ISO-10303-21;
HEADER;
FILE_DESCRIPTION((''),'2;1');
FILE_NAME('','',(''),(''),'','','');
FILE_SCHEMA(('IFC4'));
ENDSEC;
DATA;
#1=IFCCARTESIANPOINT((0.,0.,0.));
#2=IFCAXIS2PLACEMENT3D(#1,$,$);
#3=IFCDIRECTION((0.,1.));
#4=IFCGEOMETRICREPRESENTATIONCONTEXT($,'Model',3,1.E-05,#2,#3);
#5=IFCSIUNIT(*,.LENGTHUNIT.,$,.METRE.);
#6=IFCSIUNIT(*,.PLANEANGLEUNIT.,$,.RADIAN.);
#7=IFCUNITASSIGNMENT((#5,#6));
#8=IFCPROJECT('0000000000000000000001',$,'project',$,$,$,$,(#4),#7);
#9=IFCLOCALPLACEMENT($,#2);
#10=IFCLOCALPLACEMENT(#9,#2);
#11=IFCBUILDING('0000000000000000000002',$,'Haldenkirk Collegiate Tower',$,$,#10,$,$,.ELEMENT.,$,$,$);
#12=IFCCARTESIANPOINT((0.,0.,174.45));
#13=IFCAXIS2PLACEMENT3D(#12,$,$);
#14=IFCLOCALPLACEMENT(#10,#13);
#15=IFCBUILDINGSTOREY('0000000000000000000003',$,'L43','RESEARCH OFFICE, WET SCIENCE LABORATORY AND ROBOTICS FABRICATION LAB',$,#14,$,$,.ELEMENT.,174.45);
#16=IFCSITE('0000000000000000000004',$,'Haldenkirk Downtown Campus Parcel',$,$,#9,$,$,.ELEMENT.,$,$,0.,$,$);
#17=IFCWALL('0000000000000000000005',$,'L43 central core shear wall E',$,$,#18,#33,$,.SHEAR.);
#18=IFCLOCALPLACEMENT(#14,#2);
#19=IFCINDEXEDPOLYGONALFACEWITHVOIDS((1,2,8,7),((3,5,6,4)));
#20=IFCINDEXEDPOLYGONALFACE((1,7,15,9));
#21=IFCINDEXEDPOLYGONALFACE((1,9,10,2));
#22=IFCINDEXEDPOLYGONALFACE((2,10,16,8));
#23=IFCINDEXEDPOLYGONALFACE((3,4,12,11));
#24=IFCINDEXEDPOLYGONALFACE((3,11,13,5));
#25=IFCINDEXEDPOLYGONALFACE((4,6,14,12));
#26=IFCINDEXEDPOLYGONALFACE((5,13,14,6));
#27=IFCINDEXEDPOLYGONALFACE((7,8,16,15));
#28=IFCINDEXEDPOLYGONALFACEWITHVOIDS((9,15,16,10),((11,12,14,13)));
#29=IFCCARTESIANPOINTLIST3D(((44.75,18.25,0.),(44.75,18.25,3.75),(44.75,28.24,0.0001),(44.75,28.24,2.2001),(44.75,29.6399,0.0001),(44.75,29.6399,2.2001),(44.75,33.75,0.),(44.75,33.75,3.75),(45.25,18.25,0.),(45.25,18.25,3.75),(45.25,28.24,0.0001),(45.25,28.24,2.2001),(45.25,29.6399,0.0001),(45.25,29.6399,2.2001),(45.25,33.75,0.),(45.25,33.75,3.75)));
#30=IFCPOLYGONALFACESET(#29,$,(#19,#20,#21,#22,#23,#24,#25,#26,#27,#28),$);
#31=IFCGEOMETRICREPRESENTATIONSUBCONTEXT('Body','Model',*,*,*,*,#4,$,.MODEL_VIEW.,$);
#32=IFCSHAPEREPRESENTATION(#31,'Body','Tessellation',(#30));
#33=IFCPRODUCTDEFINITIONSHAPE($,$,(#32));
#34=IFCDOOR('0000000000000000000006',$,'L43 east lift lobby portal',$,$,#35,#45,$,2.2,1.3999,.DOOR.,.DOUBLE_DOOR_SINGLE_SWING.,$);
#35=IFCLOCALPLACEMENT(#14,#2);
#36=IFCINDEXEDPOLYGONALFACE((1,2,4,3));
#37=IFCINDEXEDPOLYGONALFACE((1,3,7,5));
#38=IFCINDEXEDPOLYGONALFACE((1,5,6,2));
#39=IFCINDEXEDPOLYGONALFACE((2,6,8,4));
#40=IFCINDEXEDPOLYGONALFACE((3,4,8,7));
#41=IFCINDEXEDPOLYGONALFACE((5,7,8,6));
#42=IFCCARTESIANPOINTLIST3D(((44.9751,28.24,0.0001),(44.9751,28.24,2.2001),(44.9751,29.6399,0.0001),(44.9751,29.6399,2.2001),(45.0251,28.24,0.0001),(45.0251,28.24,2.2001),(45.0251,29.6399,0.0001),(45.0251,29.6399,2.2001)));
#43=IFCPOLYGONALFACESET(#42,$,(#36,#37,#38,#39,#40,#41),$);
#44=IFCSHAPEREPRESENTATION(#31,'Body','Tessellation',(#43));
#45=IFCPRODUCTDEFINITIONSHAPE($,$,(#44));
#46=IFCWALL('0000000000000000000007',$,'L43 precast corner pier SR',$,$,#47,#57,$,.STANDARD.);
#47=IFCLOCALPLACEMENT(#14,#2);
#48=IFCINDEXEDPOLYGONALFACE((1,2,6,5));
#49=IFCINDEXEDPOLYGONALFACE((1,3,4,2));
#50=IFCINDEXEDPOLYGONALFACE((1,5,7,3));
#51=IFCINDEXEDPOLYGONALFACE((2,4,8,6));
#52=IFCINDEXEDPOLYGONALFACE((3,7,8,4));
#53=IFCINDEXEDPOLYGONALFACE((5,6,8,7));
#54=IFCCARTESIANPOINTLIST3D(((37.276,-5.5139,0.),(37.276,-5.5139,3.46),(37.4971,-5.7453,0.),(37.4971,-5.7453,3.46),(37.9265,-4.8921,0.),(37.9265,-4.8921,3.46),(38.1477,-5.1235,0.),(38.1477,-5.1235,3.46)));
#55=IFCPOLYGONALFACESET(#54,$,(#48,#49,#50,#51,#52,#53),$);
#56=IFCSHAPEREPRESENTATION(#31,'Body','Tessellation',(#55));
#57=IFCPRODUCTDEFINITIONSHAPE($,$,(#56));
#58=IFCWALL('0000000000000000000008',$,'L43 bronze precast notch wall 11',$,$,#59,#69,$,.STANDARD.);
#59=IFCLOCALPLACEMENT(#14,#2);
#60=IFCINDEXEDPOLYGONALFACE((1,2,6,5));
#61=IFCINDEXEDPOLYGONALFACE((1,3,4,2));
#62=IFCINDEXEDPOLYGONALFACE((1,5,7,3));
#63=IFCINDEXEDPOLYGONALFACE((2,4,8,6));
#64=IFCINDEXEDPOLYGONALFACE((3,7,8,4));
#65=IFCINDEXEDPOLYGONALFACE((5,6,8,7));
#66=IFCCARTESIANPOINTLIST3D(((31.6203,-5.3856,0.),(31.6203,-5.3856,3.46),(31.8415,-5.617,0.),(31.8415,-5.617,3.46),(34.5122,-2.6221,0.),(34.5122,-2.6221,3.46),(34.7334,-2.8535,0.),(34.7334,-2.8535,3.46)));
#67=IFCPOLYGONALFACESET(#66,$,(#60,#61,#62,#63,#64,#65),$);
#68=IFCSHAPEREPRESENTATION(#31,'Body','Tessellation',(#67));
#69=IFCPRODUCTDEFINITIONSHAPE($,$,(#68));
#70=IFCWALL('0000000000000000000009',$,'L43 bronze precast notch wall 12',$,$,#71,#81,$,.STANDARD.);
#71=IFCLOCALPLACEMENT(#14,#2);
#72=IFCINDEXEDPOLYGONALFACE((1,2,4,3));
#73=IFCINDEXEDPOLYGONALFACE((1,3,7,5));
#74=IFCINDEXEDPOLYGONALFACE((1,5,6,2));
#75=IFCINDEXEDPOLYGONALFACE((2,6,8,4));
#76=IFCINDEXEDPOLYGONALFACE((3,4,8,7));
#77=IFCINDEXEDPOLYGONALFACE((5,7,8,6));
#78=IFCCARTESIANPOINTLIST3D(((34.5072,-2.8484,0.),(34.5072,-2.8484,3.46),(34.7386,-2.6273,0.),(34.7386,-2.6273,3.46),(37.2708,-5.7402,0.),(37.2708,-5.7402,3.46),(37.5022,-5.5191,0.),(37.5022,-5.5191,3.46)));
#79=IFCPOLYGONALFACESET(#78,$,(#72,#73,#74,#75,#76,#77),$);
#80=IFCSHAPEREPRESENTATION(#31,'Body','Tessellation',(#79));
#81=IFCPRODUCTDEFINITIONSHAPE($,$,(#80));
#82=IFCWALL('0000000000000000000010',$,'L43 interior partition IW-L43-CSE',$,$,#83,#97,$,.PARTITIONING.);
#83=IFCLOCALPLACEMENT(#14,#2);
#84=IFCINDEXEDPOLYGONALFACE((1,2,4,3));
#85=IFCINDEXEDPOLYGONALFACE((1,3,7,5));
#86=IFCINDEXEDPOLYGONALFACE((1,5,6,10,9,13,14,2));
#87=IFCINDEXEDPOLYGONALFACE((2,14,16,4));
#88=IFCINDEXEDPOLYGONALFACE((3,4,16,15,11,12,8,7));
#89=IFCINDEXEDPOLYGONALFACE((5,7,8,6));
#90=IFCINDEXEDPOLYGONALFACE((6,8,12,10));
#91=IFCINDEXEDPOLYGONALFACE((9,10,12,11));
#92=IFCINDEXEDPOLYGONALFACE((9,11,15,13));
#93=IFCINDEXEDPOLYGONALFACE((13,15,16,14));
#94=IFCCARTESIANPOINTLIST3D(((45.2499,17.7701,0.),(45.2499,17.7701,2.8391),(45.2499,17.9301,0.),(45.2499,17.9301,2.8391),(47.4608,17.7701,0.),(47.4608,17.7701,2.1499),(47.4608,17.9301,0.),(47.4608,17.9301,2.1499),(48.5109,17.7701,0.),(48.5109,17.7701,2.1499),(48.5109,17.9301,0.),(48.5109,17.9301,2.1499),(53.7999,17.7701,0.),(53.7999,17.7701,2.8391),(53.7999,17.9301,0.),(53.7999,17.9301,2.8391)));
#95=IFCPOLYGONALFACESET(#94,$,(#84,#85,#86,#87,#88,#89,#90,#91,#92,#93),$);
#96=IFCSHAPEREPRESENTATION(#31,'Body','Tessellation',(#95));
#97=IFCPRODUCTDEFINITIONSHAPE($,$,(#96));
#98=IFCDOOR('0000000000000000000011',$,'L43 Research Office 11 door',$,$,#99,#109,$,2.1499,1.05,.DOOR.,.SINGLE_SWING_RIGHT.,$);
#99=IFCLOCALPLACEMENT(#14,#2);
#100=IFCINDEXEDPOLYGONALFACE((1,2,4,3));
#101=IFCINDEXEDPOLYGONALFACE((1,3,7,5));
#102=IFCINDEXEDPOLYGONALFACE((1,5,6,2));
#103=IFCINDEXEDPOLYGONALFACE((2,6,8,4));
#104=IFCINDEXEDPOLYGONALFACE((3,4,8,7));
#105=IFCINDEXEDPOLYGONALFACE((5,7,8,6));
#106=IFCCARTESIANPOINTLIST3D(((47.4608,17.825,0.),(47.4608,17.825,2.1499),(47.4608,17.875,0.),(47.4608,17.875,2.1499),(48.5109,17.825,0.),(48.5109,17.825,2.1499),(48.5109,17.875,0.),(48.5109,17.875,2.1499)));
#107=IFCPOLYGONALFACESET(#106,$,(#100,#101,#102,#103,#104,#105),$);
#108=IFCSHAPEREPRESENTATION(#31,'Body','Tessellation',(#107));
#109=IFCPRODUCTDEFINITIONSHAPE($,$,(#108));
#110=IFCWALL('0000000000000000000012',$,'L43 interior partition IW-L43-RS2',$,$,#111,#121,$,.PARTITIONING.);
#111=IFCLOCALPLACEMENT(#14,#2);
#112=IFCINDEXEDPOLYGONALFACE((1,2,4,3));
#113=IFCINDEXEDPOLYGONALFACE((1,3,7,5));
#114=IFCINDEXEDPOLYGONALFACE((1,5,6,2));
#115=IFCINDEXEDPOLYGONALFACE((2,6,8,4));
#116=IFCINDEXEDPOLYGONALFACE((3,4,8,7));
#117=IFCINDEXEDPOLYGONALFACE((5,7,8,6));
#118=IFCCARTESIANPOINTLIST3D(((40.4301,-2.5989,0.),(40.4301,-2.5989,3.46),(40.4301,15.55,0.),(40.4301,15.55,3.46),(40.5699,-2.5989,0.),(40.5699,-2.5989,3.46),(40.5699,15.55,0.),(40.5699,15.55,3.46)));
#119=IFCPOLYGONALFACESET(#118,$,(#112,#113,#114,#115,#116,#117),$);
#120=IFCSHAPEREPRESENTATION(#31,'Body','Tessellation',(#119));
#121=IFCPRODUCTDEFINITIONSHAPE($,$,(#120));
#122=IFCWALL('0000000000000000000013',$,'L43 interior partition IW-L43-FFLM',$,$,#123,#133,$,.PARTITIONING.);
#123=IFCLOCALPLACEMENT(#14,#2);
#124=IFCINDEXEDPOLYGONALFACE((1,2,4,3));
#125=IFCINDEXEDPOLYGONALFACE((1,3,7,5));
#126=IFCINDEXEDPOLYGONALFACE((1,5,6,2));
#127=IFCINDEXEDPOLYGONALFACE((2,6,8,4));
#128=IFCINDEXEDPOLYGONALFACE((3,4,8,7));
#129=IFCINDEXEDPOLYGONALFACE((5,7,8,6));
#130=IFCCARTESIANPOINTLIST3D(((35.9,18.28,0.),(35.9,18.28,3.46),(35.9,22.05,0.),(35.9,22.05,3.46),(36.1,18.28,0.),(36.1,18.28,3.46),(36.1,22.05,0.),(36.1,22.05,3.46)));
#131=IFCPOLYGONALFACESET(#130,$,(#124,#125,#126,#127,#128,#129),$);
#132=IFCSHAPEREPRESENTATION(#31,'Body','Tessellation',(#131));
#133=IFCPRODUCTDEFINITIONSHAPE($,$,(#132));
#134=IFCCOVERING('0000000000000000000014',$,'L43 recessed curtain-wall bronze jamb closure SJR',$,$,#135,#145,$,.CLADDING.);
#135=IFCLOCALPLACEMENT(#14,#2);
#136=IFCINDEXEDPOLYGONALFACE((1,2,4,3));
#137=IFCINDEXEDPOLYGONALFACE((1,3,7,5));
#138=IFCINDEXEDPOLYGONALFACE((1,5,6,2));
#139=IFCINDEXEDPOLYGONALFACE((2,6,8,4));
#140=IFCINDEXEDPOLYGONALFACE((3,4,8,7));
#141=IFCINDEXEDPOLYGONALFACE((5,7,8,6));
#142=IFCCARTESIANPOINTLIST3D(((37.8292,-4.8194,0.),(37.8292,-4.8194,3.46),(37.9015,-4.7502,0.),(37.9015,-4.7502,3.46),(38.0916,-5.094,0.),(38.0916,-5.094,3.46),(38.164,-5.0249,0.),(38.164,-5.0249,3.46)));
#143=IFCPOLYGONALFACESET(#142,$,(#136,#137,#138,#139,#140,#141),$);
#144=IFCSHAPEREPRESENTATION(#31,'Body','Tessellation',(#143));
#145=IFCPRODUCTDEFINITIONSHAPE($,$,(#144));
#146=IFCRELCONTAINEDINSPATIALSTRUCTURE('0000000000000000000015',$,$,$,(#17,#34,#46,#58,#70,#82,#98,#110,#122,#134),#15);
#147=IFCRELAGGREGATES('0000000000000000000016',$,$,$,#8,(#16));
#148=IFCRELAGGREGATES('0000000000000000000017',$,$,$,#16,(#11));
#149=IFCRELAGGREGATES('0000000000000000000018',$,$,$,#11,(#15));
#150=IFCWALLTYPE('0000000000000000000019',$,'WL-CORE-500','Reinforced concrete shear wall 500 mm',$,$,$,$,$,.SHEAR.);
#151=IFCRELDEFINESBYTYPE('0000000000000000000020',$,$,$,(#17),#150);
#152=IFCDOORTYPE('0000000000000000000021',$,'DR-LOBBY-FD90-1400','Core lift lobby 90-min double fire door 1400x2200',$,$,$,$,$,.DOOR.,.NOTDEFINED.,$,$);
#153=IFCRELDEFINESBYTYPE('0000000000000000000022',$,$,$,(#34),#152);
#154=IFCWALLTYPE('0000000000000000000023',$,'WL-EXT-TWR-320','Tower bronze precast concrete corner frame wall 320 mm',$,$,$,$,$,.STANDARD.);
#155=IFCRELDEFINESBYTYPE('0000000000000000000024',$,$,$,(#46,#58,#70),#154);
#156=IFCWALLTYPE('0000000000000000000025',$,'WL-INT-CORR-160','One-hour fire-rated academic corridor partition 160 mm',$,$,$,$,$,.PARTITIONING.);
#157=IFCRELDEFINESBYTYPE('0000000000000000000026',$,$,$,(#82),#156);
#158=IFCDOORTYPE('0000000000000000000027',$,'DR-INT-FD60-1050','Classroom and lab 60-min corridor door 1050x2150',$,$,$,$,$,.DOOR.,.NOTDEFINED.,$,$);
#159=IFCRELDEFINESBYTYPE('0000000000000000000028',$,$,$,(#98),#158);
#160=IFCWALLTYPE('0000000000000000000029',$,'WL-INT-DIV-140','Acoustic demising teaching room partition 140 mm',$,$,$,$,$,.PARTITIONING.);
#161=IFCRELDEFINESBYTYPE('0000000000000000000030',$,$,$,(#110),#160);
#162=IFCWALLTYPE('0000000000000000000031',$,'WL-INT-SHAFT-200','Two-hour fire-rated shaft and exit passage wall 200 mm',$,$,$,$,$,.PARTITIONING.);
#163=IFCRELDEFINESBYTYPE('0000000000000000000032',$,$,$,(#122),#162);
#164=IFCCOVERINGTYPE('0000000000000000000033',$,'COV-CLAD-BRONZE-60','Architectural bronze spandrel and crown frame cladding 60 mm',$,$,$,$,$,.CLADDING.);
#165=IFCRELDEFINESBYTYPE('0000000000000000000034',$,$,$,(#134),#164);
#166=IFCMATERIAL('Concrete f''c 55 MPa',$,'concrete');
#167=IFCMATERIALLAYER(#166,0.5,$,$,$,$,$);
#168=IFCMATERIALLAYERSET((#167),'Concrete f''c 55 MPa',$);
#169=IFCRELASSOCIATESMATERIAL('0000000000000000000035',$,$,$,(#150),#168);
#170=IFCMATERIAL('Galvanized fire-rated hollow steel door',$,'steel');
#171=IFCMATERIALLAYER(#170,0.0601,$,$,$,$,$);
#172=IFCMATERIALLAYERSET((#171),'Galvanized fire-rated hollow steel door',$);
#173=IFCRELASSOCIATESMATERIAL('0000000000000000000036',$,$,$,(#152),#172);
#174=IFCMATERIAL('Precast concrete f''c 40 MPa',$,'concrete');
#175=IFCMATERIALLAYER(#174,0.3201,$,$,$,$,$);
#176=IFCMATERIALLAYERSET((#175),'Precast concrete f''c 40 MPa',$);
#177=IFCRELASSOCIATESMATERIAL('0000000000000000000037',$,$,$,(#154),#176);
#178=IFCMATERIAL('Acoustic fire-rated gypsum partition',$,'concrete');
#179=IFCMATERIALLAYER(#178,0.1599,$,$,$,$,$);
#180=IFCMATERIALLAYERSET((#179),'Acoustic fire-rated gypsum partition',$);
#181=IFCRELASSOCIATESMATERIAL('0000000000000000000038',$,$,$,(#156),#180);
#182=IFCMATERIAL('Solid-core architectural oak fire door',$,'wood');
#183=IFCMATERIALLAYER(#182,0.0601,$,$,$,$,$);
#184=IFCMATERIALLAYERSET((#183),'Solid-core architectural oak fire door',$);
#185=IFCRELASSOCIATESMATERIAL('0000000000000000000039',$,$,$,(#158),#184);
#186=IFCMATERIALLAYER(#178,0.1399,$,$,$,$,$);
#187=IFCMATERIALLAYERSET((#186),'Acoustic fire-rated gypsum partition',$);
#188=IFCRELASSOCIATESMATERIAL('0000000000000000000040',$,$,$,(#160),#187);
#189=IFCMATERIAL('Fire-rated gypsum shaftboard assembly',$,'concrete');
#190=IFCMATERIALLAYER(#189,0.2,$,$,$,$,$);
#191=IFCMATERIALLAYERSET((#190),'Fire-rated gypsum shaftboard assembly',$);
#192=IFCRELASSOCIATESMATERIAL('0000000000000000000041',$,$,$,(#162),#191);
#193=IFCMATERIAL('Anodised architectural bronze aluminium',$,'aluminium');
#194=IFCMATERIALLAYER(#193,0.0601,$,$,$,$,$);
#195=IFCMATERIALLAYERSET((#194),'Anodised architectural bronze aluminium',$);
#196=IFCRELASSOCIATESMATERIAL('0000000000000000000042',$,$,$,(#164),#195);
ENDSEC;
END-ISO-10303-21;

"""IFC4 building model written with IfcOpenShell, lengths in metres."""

from ifc_helpers import new_model, si_unit, direction, frame, frame_2d, origin, origin_2d, place, context, subcontext, project, spatial, rectangle, extrude, source, transform, mapped, material, layer, layer_set, type_object, element, fill, save


model = new_model("IFC4")

# Units and contexts
model_context = context("Model", 3, precision=1e-05, world=origin(), true_north=direction((0.0, 1.0)))
body_context = subcontext(model_context, "Body", "Model", "MODEL_VIEW")
ifc_project = project(units=[si_unit("LENGTHUNIT", "METRE"), si_unit("PLANEANGLEUNIT", "RADIAN")], contexts=[model_context])

# Site, building, storey
site_placement = place(None, origin())
site = spatial("IfcSite", under=ifc_project, at=site_placement, Name="Haldenkirk Downtown Campus Parcel", CompositionType="ELEMENT", RefElevation=0.0)
building_placement = place(site_placement, origin())
building = spatial("IfcBuilding", under=site, at=building_placement, Name="Haldenkirk Collegiate Tower", CompositionType="ELEMENT")
storey_placement = place(building_placement, frame((0.0, 0.0, 174.45)))
storey = spatial("IfcBuildingStorey", under=building, at=storey_placement, Name="L43", Description="RESEARCH OFFICE, WET SCIENCE LABORATORY AND ROBOTICS FABRICATION LAB", CompositionType="ELEMENT", Elevation=174.45)

# Shared definitions
ifc_material_1 = material(Name="Anodised architectural bronze aluminium", Category="aluminium")

# Wall, opening, door
ifc_material_2 = material(Name="Concrete f'c 55 MPa", Category="concrete")
ifc_layer_1 = layer(ifc_material_2, 0.5)
ifc_layer_set_1 = layer_set([ifc_layer_1], Name="Concrete f'c 55 MPa")
wall_type_1 = type_object("IfcWallType", Name="WL-CORE-500", Description="Reinforced concrete shear wall 500 mm", PredefinedType="SHEAR", material=ifc_layer_set_1)
wall_1_placement = place(storey_placement, frame((45.0, 18.25, 0.0), z_axis=(0.0, 0.0, 1.0), x_axis=(0.0, 1.0, 0.0)))
wall_1 = element("IfcWall", 1, at=wall_1_placement, inside=storey, type_object=wall_type_1, Name="L43 central core shear wall E", PredefinedType="SHEAR", context=body_context, shape_type="SweptSolid", body=[
    extrude(rectangle(XDim=15.5, YDim=0.5, at=frame_2d((7.75, 0.0))), origin(), (0.0, 0.0, 1.0), 3.75),
])
opening_1_placement = place(wall_1_placement, frame((9.99, 0.0, 0.0)))
opening_1 = element("IfcOpeningElement", 2, at=opening_1_placement, cuts=wall_1, PredefinedType="OPENING", context=body_context, shape_type="SweptSolid", body=[
    extrude(rectangle(XDim=1.3999, YDim=2.2, at=frame_2d((0.7, 1.1001))), frame((0.0, 0.26, 0.0), z_axis=(0.0, -1.0, 0.0), x_axis=(1.0, 0.0, 0.0)), (0.0, 0.0, 1.0), 0.52),
])
ifc_material_3 = material(Name="Galvanized fire-rated hollow steel door", Category="steel")
ifc_layer_2 = layer(ifc_material_3, 0.0601)
ifc_layer_set_2 = layer_set([ifc_layer_2], Name="Galvanized fire-rated hollow steel door")
door_type_1 = type_object("IfcDoorType", Name="DR-LOBBY-FD90-1400", Description="Core lift lobby 90-min double fire door 1400x2200", OperationType="NOTDEFINED", PredefinedType="DOOR", material=ifc_layer_set_2)
door_1_placement = place(opening_1_placement, origin())
door_1 = element("IfcDoor", 3, at=door_1_placement, inside=storey, type_object=door_type_1, Name="L43 east lift lobby portal", OperationType="DOUBLE_DOOR_SINGLE_SWING", OverallHeight=2.2, OverallWidth=1.3999, PredefinedType="DOOR", context=body_context, shape_type="SweptSolid", body=[
    extrude(rectangle(XDim=1.3999, YDim=2.2, at=frame_2d((0.7, 1.1001))), frame((0.0, 0.0249, 0.0), z_axis=(0.0, -1.0, 0.0), x_axis=(1.0, 0.0, 0.0)), (0.0, 0.0, 1.0), 0.05),
])
fill(opening_1, door_1)

# Walls
ifc_material_4 = material(Name="Precast concrete f'c 40 MPa", Category="concrete")
ifc_layer_3 = layer(ifc_material_4, 0.3201)
ifc_layer_set_3 = layer_set([ifc_layer_3], Name="Precast concrete f'c 40 MPa")
wall_type_2 = type_object("IfcWallType", Name="WL-EXT-TWR-320", Description="Tower bronze precast concrete corner frame wall 320 mm", PredefinedType="STANDARD", material=ifc_layer_set_3)
wall_2_placement = place(storey_placement, frame((38.0371, -5.0078, 0.0), z_axis=(0.0, 0.0, 1.0), x_axis=(-0.72293, -0.690921, 0.0)))
element("IfcWall", 4, at=wall_2_placement, inside=storey, type_object=wall_type_2, Name="L43 precast corner pier SR", PredefinedType="STANDARD", context=body_context, shape_type="SweptSolid", body=[
    extrude(rectangle(XDim=0.8999, YDim=0.3201, at=frame_2d((0.45, 0.0))), origin(), (0.0, 0.0, 1.0), 3.46),
])
for number, where, z_axis, x_axis, name in (
    (5, (34.6228, -2.7378, 0.0), (0.0, 0.0, 1.0), (-0.722977, -0.690872, 0.0), "L43 bronze precast notch wall 11"),
    (6, (37.3865, -5.6296, 0.0), (0.0, 0.0, 1.0), (-0.690904, 0.722947, 0.0), "L43 bronze precast notch wall 12"),
):
    element("IfcWall", number, at=place(storey_placement, frame(where, z_axis=z_axis, x_axis=x_axis)), inside=storey, type_object=wall_type_2, Name=name, PredefinedType="STANDARD", context=body_context, shape_type="SweptSolid", body=[
        extrude(rectangle(XDim=4.0, YDim=0.3201, at=frame_2d((2.0, 0.0))), origin(), (0.0, 0.0, 1.0), 3.46),
    ])

# Wall, opening, door
ifc_material_5 = material(Name="Acoustic fire-rated gypsum partition", Category="concrete")
ifc_layer_4 = layer(ifc_material_5, 0.1599)
ifc_layer_set_4 = layer_set([ifc_layer_4], Name="Acoustic fire-rated gypsum partition")
wall_type_3 = type_object("IfcWallType", Name="WL-INT-CORR-160", Description="One-hour fire-rated academic corridor partition 160 mm", PredefinedType="PARTITIONING", material=ifc_layer_set_4)
wall_3_placement = place(storey_placement, frame((45.25, 17.8501, 0.0), z_axis=(0.0, 0.0, 1.0), x_axis=(1.0, 0.0, 0.0)))
wall_3 = element("IfcWall", 7, at=wall_3_placement, inside=storey, type_object=wall_type_3, Name="L43 interior partition IW-L43-CSE", PredefinedType="PARTITIONING", context=body_context, shape_type="SweptSolid", body=[
    extrude(rectangle(XDim=8.55, YDim=0.1599, at=frame_2d((4.2749, 0.0))), origin(), (0.0, 0.0, 1.0), 2.8391),
])
opening_2_placement = place(wall_3_placement, frame((2.2109, 0.0, 0.0)))
opening_2 = element("IfcOpeningElement", 8, at=opening_2_placement, cuts=wall_3, PredefinedType="OPENING", context=body_context, shape_type="SweptSolid", body=[
    extrude(rectangle(XDim=1.05, YDim=2.1499, at=frame_2d((0.5249, 1.075))), frame((0.0, 0.0898, 0.0), z_axis=(0.0, -1.0, 0.0), x_axis=(1.0, 0.0, 0.0)), (0.0, 0.0, 1.0), 0.1799),
])
ifc_material_6 = material(Name="Solid-core architectural oak fire door", Category="wood")
ifc_layer_5 = layer(ifc_material_6, 0.0601)
ifc_layer_set_5 = layer_set([ifc_layer_5], Name="Solid-core architectural oak fire door")
door_type_2 = type_object("IfcDoorType", Name="DR-INT-FD60-1050", Description="Classroom and lab 60-min corridor door 1050x2150", OperationType="NOTDEFINED", PredefinedType="DOOR", material=ifc_layer_set_5)
door_2_placement = place(opening_2_placement, origin())
door_2 = element("IfcDoor", 9, at=door_2_placement, inside=storey, type_object=door_type_2, Name="L43 Research Office 11 door", OperationType="SINGLE_SWING_RIGHT", OverallHeight=2.1499, OverallWidth=1.05, PredefinedType="DOOR", context=body_context, shape_type="SweptSolid", body=[
    extrude(rectangle(XDim=1.05, YDim=2.1499, at=frame_2d((0.5249, 1.075))), frame((0.0, 0.0249, 0.0), z_axis=(0.0, -1.0, 0.0), x_axis=(1.0, 0.0, 0.0)), (0.0, 0.0, 1.0), 0.05),
])
fill(opening_2, door_2)

# Walls
ifc_layer_6 = layer(ifc_material_5, 0.1399)
ifc_layer_set_6 = layer_set([ifc_layer_6], Name="Acoustic fire-rated gypsum partition")
wall_type_4 = type_object("IfcWallType", Name="WL-INT-DIV-140", Description="Acoustic demising teaching room partition 140 mm", PredefinedType="PARTITIONING", material=ifc_layer_set_6)
wall_4_placement = place(storey_placement, frame((40.5, -2.5989, 0.0), z_axis=(0.0, 0.0, 1.0), x_axis=(0.0, 1.0, 0.0)))
element("IfcWall", 10, at=wall_4_placement, inside=storey, type_object=wall_type_4, Name="L43 interior partition IW-L43-RS2", PredefinedType="PARTITIONING", context=body_context, shape_type="SweptSolid", body=[
    extrude(rectangle(XDim=18.1489, YDim=0.1399, at=frame_2d((9.0745, 0.0))), origin(), (0.0, 0.0, 1.0), 3.46),
])
ifc_material_7 = material(Name="Fire-rated gypsum shaftboard assembly", Category="concrete")
ifc_layer_7 = layer(ifc_material_7, 0.2)
ifc_layer_set_7 = layer_set([ifc_layer_7], Name="Fire-rated gypsum shaftboard assembly")
wall_type_5 = type_object("IfcWallType", Name="WL-INT-SHAFT-200", Description="Two-hour fire-rated shaft and exit passage wall 200 mm", PredefinedType="PARTITIONING", material=ifc_layer_set_7)
wall_5_placement = place(storey_placement, frame((36.0, 18.28, 0.0), z_axis=(0.0, 0.0, 1.0), x_axis=(0.0, 1.0, 0.0)))
element("IfcWall", 11, at=wall_5_placement, inside=storey, type_object=wall_type_5, Name="L43 interior partition IW-L43-FFLM", PredefinedType="PARTITIONING", context=body_context, shape_type="SweptSolid", body=[
    extrude(rectangle(XDim=3.77, YDim=0.2, at=frame_2d((1.885, 0.0))), origin(), (0.0, 0.0, 1.0), 3.46),
])

# Covering
ifc_layer_8 = layer(ifc_material_1, 0.0601)
ifc_layer_set_8 = layer_set([ifc_layer_8], Name="Anodised architectural bronze aluminium")
covering_type = type_object("IfcCoveringType", Name="COV-CLAD-BRONZE-60", Description="Architectural bronze spandrel and crown frame cladding 60 mm", PredefinedType="CLADDING", material=ifc_layer_set_8)
shared_shape_1 = source(origin(), body_context, "Body", "SweptSolid", [
    extrude(rectangle(XDim=0.1001, YDim=0.3799, at=origin_2d()), origin(), (0.0, 0.0, 1.0), 3.46),
])
covering_placement = place(storey_placement, frame((37.9966, -4.9221, 0.0), z_axis=(0.0, 0.0, 1.0), x_axis=(-0.722967, -0.690882, 0.0)))
element("IfcCovering", 12, at=covering_placement, inside=storey, type_object=covering_type, Name="L43 recessed curtain-wall bronze jamb closure SJR", PredefinedType="CLADDING", context=body_context, shape_type="MappedRepresentation", body=[
    mapped(shared_shape_1, transform((0.0, 0.0, 0.0), x_axis=(1.0, 0.0, 0.0), y_axis=(0.0, 1.0, 0.0), z_axis=(0.0, 0.0, 1.0), scale=1.0)),
])

save(model, "model.ifc")
